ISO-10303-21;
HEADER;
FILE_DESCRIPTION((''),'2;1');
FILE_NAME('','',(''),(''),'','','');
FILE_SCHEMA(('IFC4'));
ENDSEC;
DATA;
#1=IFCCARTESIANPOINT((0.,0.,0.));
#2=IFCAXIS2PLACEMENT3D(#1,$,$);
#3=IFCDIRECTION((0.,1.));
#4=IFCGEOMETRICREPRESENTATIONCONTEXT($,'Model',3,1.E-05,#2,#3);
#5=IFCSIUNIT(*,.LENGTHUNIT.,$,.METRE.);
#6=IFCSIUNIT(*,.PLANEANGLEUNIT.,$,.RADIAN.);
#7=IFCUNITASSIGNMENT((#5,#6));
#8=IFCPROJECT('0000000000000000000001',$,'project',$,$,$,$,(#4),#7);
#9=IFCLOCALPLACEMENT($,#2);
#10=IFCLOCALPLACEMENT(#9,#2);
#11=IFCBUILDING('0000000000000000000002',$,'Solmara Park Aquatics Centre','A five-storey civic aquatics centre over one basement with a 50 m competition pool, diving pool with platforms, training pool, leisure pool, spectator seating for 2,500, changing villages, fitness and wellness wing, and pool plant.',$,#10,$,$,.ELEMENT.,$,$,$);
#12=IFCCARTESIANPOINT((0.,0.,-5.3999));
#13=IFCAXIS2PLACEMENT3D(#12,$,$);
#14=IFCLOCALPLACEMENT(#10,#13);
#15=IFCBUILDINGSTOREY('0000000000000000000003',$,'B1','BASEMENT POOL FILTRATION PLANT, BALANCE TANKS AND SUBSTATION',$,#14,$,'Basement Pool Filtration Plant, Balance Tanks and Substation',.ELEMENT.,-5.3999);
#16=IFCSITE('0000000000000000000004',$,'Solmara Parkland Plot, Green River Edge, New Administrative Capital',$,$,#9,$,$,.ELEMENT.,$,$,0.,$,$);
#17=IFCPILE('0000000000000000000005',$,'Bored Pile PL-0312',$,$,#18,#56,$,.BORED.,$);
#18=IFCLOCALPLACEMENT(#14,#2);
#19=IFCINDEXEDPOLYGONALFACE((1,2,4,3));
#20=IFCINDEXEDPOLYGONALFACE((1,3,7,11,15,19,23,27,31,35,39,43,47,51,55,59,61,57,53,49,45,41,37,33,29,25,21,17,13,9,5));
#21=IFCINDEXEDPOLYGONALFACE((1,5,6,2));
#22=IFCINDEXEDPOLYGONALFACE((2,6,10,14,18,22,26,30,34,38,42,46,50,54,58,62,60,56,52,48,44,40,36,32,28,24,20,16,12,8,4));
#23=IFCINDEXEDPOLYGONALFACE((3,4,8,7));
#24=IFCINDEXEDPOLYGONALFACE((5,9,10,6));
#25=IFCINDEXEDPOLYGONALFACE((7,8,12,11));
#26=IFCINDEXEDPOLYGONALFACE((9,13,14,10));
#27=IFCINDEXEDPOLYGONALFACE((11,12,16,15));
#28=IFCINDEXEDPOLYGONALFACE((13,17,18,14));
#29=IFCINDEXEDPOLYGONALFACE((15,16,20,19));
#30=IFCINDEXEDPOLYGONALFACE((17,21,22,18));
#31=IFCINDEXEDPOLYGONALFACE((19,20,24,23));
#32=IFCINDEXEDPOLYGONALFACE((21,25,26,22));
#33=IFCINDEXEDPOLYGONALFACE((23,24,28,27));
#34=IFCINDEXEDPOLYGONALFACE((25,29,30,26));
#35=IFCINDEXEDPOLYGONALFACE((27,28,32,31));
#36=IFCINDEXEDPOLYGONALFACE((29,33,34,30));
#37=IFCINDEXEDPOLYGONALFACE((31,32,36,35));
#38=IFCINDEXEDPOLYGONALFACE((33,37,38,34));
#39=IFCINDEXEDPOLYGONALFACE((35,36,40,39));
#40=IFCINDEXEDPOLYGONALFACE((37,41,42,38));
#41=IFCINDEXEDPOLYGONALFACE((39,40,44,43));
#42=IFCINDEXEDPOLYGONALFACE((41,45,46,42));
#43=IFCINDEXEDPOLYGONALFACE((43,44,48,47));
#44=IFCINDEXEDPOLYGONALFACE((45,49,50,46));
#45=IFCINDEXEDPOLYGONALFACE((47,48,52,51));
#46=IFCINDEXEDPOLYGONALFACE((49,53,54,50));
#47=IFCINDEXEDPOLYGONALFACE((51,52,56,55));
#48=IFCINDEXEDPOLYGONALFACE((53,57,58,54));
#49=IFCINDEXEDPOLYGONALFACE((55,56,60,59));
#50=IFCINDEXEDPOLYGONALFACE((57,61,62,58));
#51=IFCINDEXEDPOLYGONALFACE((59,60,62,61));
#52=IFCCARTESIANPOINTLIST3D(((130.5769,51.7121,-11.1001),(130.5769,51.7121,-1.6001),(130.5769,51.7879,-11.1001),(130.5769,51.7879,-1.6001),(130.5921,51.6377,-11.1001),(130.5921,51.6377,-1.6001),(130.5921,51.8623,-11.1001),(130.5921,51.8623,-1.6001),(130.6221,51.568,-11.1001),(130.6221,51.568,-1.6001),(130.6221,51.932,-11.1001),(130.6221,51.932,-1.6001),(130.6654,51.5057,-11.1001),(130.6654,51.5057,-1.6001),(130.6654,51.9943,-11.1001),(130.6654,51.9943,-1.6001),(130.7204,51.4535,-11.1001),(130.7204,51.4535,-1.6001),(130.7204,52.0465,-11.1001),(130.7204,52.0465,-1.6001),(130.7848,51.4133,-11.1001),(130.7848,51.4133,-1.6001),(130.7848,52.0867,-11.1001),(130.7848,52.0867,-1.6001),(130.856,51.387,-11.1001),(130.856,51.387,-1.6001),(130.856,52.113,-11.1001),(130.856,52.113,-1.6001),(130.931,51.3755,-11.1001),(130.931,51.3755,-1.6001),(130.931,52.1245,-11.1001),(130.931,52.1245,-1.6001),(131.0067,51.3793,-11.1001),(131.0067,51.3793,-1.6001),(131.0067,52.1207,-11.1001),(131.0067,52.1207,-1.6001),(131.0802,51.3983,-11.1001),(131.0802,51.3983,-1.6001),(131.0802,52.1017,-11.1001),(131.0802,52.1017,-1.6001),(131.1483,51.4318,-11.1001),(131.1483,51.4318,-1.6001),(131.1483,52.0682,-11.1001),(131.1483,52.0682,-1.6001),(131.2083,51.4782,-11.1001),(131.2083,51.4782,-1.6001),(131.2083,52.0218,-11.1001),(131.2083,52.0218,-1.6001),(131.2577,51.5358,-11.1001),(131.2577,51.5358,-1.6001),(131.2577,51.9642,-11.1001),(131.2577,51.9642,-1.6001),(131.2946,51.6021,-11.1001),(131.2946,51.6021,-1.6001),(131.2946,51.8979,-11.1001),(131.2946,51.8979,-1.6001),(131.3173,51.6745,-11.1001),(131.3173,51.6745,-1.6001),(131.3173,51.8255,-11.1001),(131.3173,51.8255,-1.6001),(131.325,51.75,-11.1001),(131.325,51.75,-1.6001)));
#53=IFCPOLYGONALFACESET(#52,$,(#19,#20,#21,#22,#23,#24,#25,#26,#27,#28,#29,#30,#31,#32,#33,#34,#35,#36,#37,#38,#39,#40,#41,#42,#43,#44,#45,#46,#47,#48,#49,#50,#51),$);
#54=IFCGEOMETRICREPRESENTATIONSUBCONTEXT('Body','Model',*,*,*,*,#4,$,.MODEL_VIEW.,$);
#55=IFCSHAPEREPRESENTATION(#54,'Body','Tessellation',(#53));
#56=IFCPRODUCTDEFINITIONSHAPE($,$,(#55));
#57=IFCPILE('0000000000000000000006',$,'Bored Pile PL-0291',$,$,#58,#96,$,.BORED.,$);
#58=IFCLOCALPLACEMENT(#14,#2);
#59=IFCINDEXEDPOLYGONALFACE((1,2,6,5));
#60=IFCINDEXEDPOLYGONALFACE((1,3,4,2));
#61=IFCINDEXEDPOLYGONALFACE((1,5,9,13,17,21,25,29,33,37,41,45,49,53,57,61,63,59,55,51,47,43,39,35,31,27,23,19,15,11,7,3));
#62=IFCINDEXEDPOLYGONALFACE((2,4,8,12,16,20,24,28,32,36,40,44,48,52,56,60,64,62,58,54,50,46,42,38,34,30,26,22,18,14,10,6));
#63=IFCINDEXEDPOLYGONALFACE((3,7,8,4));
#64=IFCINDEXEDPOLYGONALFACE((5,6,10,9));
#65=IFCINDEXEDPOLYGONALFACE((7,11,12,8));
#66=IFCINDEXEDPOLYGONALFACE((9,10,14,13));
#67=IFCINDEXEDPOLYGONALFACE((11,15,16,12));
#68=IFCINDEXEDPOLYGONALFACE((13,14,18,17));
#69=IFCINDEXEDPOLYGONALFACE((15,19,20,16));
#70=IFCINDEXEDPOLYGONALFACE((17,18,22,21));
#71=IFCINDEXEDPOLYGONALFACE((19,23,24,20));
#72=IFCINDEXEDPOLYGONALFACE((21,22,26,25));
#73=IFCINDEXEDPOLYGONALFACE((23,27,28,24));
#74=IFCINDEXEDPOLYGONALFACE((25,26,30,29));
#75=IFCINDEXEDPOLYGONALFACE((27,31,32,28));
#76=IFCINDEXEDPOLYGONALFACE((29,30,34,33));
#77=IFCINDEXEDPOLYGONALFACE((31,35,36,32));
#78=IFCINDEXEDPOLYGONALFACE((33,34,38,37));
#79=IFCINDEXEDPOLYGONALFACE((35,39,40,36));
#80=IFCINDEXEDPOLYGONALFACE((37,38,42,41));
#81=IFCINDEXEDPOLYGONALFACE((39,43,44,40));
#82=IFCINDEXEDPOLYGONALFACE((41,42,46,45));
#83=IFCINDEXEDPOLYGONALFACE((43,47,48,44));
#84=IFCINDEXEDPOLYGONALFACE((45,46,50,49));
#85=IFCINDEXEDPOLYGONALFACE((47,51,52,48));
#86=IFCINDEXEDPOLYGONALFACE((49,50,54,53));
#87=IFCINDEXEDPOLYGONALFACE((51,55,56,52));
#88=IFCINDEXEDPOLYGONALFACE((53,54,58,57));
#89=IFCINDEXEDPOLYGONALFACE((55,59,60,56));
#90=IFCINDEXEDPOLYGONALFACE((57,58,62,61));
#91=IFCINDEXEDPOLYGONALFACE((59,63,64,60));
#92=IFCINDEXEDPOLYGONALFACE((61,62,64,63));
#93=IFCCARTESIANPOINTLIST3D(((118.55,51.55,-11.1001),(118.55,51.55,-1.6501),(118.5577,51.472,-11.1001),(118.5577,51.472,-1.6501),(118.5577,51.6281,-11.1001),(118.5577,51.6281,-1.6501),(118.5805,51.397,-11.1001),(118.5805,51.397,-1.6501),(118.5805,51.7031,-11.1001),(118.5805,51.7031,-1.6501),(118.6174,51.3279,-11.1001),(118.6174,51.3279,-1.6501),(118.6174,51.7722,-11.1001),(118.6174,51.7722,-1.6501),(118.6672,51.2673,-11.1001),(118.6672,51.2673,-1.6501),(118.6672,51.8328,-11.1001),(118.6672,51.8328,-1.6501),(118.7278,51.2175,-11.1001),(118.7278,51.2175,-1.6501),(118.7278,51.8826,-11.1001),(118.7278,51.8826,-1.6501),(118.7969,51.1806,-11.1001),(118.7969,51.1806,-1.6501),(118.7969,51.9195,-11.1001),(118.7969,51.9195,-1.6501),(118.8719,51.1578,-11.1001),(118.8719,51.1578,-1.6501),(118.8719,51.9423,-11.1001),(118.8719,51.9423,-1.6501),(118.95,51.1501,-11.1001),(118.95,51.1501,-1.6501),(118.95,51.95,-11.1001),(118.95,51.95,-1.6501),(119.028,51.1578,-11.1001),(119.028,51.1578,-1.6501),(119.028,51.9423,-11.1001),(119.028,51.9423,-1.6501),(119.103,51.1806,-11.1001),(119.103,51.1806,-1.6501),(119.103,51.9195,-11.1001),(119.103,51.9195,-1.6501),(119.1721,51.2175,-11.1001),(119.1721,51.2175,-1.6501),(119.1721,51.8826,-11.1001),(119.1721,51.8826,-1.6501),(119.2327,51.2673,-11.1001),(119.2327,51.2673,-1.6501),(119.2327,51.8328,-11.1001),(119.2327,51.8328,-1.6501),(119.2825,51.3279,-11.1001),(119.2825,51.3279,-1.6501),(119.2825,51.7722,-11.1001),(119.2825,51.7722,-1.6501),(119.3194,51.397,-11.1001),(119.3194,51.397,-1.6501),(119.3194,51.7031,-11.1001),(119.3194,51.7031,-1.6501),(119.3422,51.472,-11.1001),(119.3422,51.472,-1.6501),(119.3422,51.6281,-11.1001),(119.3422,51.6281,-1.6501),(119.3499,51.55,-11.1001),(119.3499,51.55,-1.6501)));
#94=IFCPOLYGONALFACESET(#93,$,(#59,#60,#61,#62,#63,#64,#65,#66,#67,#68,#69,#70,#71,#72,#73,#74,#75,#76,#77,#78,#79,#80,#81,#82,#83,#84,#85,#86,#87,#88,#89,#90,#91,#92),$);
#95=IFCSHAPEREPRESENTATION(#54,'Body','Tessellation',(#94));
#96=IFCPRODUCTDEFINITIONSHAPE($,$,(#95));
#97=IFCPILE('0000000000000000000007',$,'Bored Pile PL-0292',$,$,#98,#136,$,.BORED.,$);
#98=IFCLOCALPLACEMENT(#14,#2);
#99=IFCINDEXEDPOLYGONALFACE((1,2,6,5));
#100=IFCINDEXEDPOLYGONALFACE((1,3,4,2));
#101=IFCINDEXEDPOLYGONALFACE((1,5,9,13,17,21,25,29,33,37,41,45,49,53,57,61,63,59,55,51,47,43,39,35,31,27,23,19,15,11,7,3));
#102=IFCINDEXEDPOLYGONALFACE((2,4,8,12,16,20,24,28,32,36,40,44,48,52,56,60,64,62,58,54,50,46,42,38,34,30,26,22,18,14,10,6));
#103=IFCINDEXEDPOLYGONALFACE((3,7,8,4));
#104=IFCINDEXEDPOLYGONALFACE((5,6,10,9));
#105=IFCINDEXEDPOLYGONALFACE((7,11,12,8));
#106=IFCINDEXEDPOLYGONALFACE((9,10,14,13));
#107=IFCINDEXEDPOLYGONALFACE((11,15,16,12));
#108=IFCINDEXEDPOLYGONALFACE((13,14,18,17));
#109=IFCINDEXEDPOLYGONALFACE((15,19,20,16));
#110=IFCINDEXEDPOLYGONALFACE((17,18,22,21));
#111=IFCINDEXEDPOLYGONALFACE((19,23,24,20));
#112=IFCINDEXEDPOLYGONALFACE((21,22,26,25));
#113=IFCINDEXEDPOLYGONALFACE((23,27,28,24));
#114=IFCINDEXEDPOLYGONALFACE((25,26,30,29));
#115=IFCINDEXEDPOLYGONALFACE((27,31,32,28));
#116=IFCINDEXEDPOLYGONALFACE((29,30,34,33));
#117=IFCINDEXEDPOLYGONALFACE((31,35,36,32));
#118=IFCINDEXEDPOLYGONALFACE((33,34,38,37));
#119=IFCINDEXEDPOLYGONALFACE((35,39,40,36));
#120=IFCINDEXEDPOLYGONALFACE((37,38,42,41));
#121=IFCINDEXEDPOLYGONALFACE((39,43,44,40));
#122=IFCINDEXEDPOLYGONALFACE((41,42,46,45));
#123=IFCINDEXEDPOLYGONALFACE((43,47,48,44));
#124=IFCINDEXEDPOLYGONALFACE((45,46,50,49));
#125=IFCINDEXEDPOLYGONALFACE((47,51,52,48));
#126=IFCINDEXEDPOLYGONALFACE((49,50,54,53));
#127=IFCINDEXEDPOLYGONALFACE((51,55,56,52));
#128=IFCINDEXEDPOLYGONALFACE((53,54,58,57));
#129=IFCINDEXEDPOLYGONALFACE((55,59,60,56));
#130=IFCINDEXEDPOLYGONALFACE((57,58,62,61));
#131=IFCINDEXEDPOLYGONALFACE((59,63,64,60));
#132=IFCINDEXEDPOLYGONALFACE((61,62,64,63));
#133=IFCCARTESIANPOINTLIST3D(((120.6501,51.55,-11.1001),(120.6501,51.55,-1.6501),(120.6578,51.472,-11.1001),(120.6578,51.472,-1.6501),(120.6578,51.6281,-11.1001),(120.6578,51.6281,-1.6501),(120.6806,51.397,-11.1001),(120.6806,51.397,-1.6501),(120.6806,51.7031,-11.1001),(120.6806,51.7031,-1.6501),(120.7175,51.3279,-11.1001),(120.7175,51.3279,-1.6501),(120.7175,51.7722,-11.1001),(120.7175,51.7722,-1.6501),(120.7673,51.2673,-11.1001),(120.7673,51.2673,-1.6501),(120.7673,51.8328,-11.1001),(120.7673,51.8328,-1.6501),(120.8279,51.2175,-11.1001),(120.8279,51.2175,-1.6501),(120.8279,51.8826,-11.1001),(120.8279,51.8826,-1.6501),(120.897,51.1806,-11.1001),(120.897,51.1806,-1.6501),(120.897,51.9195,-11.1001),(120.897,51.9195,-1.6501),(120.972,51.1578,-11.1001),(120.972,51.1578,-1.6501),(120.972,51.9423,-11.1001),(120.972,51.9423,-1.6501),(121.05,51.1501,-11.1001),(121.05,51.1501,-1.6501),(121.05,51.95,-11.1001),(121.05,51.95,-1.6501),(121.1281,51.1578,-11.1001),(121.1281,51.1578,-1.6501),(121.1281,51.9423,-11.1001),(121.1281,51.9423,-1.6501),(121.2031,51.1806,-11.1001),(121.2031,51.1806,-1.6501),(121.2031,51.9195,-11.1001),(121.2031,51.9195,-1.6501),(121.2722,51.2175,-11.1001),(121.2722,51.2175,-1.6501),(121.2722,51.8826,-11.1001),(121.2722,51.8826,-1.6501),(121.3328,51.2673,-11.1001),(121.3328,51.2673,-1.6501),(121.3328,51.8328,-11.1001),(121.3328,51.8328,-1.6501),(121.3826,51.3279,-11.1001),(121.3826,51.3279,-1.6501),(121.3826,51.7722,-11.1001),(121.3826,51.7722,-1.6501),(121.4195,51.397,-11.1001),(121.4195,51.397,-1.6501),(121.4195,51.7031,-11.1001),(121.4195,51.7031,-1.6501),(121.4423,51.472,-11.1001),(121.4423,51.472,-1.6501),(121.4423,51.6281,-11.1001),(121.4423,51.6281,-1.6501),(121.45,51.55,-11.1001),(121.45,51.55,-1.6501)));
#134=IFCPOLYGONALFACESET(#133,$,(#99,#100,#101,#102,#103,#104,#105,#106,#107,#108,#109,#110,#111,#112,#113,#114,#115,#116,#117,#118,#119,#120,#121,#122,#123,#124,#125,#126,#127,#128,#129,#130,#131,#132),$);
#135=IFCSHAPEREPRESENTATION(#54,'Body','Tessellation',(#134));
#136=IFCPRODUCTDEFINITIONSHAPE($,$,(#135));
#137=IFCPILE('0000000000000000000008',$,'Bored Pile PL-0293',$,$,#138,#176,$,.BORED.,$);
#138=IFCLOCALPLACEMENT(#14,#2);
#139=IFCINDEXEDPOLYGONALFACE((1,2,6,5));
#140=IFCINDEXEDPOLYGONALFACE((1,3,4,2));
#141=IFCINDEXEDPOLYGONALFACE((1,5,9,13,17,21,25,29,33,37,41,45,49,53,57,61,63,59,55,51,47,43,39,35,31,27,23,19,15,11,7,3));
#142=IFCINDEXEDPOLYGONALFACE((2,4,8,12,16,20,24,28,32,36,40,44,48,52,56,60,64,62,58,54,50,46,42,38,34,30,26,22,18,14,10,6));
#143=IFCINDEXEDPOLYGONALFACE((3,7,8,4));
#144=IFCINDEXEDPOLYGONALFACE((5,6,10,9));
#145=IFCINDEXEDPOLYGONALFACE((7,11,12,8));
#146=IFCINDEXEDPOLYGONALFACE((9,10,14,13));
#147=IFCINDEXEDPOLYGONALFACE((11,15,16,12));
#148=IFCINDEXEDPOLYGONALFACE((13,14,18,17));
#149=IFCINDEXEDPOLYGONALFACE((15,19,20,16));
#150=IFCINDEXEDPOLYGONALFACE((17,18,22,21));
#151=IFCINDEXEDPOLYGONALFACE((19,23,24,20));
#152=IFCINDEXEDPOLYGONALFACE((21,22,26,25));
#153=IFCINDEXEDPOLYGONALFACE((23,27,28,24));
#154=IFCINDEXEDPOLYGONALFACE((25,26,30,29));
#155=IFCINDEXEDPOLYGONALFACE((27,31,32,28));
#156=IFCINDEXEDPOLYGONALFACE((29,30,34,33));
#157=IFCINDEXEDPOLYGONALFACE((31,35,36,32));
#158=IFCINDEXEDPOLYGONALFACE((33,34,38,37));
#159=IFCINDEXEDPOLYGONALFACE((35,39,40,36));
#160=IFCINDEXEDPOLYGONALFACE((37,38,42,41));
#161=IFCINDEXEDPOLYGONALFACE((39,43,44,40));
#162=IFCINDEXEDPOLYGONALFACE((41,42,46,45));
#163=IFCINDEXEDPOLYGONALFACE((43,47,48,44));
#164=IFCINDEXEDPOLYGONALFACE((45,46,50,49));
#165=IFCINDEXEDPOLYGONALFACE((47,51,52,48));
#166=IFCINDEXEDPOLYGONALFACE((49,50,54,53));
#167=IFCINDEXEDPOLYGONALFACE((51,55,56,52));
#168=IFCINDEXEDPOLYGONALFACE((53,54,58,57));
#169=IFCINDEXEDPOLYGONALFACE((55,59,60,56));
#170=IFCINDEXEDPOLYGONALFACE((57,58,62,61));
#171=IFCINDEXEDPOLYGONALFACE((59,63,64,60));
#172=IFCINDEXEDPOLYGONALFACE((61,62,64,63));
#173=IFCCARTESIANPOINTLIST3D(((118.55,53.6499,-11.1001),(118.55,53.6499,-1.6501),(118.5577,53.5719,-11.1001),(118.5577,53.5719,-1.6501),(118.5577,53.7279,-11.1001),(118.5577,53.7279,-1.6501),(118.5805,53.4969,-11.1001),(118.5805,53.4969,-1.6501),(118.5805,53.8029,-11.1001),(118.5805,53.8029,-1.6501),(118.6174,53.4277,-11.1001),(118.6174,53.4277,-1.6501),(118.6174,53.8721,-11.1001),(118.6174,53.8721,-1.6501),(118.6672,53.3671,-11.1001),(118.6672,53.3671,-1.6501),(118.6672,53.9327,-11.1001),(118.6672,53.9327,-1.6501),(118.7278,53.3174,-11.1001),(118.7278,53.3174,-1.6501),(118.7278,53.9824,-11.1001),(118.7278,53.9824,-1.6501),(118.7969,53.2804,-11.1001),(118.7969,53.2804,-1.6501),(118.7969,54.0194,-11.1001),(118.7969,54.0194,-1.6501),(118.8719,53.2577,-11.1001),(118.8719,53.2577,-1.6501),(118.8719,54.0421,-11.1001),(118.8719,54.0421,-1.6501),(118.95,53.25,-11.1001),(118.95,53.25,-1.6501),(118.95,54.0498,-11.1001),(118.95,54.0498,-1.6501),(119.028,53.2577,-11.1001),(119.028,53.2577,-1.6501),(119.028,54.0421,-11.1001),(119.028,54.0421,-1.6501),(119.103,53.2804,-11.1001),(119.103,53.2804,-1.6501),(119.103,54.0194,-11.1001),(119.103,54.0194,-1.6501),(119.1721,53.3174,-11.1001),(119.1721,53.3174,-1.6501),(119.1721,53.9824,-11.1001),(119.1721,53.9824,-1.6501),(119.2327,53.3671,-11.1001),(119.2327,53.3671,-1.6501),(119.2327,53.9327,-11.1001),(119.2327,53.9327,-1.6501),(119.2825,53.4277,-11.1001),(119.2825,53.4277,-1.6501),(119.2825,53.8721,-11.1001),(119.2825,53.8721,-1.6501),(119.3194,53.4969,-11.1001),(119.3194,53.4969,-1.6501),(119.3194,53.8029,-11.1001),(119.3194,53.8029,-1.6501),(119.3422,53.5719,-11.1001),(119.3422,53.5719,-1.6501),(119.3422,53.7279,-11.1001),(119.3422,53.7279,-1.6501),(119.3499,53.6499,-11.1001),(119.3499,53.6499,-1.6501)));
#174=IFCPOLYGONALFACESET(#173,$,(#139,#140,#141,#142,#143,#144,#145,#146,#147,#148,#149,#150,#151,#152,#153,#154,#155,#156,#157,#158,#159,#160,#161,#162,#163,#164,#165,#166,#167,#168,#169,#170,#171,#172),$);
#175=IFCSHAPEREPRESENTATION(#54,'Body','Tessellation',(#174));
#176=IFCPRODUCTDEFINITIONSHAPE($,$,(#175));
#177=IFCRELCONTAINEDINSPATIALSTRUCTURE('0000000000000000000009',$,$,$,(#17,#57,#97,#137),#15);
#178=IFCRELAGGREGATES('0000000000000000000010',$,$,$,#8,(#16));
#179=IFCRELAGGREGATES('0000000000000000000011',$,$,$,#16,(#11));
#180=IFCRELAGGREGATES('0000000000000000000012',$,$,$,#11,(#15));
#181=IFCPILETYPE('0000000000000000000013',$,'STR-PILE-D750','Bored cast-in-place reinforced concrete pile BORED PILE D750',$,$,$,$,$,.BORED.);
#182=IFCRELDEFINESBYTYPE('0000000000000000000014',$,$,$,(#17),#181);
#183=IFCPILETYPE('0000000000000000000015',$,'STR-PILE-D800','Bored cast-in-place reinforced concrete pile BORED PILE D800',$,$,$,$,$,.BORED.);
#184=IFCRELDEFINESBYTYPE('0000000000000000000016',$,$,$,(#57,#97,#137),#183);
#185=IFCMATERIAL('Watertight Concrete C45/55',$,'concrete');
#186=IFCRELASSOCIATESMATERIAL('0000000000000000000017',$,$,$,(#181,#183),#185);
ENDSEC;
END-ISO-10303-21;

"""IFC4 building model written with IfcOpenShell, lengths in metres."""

from ifc_helpers import new_model, si_unit, direction, frame, origin, origin_2d, place, context, subcontext, project, spatial, circle, extrude, material, material_profile, profile_set, type_object, element, save


model = new_model("IFC4")

# Units and contexts
model_context = context("Model", 3, precision=1e-05, world=origin(), true_north=direction((0.0, 1.0)))
body_context = subcontext(model_context, "Body", "Model", "MODEL_VIEW")
ifc_project = project(units=[si_unit("LENGTHUNIT", "METRE"), si_unit("PLANEANGLEUNIT", "RADIAN")], contexts=[model_context])

# Site, building, storey
site_placement = place(None, origin())
site = spatial("IfcSite", under=ifc_project, at=site_placement, Name="Solmara Parkland Plot, Green River Edge, New Administrative Capital", CompositionType="ELEMENT", RefElevation=0.0)
building_placement = place(site_placement, origin())
building = spatial("IfcBuilding", under=site, at=building_placement, Name="Solmara Park Aquatics Centre", Description="A five-storey civic aquatics centre over one basement with a 50 m competition pool, diving pool with platforms, training pool, leisure pool, spectator seating for 2,500, changing villages, fitness and wellness wing, and pool plant.", CompositionType="ELEMENT")
storey_placement = place(building_placement, frame((0.0, 0.0, -5.3999)))
storey = spatial("IfcBuildingStorey", under=building, at=storey_placement, Name="B1", Description="BASEMENT POOL FILTRATION PLANT, BALANCE TANKS AND SUBSTATION", LongName="Basement Pool Filtration Plant, Balance Tanks and Substation", CompositionType="ELEMENT", Elevation=-5.3999)

# Shared definitions
ifc_material_1 = material(Name="Watertight Concrete C45/55", Category="concrete")

# Piles
ifc_material_profile_1 = material_profile(ifc_material_1, circle(Radius=0.375, at=origin_2d()), Name="BORED PILE D750")
ifc_profile_set_1 = profile_set([ifc_material_profile_1], Name="Watertight Concrete C45/55")
pile_type_1 = type_object("IfcPileType", Name="STR-PILE-D750", Description="Bored cast-in-place reinforced concrete pile BORED PILE D750", PredefinedType="BORED", material=ifc_profile_set_1)
pile_placement = place(storey_placement, frame((130.95, 51.75, -1.6001), z_axis=(0.0, 0.0, -1.0), x_axis=(1.0, 0.0, 0.0)))
element("IfcPile", 1, at=pile_placement, inside=storey, type_object=pile_type_1, Name="Bored Pile PL-0312", PredefinedType="BORED", context=body_context, shape_type="SweptSolid", body=[
    extrude(circle(Radius=0.375, at=origin_2d()), origin(), (0.0, 0.0, 1.0), 9.5),
])
ifc_material_profile_2 = material_profile(ifc_material_1, circle(Radius=0.3999, at=origin_2d()), Name="BORED PILE D800")
ifc_profile_set_2 = profile_set([ifc_material_profile_2], Name="Watertight Concrete C45/55")
pile_type_2 = type_object("IfcPileType", Name="STR-PILE-D800", Description="Bored cast-in-place reinforced concrete pile BORED PILE D800", PredefinedType="BORED", material=ifc_profile_set_2)
for number, where, z_axis, x_axis, name in (
    (2, (118.95, 51.55, -1.6501), (0.0, 0.0, -1.0), (1.0, 0.0, 0.0), "Bored Pile PL-0291"),
    (3, (121.05, 51.55, -1.6501), (0.0, 0.0, -1.0), (1.0, 0.0, 0.0), "Bored Pile PL-0292"),
    (4, (118.95, 53.6499, -1.6501), (0.0, 0.0, -1.0), (1.0, 0.0, 0.0), "Bored Pile PL-0293"),
):
    element("IfcPile", number, at=place(storey_placement, frame(where, z_axis=z_axis, x_axis=x_axis)), inside=storey, type_object=pile_type_2, Name=name, PredefinedType="BORED", context=body_context, shape_type="SweptSolid", body=[
        extrude(circle(Radius=0.3999, at=origin_2d()), origin(), (0.0, 0.0, 1.0), 9.45),
    ])

save(model, "model.ifc")
